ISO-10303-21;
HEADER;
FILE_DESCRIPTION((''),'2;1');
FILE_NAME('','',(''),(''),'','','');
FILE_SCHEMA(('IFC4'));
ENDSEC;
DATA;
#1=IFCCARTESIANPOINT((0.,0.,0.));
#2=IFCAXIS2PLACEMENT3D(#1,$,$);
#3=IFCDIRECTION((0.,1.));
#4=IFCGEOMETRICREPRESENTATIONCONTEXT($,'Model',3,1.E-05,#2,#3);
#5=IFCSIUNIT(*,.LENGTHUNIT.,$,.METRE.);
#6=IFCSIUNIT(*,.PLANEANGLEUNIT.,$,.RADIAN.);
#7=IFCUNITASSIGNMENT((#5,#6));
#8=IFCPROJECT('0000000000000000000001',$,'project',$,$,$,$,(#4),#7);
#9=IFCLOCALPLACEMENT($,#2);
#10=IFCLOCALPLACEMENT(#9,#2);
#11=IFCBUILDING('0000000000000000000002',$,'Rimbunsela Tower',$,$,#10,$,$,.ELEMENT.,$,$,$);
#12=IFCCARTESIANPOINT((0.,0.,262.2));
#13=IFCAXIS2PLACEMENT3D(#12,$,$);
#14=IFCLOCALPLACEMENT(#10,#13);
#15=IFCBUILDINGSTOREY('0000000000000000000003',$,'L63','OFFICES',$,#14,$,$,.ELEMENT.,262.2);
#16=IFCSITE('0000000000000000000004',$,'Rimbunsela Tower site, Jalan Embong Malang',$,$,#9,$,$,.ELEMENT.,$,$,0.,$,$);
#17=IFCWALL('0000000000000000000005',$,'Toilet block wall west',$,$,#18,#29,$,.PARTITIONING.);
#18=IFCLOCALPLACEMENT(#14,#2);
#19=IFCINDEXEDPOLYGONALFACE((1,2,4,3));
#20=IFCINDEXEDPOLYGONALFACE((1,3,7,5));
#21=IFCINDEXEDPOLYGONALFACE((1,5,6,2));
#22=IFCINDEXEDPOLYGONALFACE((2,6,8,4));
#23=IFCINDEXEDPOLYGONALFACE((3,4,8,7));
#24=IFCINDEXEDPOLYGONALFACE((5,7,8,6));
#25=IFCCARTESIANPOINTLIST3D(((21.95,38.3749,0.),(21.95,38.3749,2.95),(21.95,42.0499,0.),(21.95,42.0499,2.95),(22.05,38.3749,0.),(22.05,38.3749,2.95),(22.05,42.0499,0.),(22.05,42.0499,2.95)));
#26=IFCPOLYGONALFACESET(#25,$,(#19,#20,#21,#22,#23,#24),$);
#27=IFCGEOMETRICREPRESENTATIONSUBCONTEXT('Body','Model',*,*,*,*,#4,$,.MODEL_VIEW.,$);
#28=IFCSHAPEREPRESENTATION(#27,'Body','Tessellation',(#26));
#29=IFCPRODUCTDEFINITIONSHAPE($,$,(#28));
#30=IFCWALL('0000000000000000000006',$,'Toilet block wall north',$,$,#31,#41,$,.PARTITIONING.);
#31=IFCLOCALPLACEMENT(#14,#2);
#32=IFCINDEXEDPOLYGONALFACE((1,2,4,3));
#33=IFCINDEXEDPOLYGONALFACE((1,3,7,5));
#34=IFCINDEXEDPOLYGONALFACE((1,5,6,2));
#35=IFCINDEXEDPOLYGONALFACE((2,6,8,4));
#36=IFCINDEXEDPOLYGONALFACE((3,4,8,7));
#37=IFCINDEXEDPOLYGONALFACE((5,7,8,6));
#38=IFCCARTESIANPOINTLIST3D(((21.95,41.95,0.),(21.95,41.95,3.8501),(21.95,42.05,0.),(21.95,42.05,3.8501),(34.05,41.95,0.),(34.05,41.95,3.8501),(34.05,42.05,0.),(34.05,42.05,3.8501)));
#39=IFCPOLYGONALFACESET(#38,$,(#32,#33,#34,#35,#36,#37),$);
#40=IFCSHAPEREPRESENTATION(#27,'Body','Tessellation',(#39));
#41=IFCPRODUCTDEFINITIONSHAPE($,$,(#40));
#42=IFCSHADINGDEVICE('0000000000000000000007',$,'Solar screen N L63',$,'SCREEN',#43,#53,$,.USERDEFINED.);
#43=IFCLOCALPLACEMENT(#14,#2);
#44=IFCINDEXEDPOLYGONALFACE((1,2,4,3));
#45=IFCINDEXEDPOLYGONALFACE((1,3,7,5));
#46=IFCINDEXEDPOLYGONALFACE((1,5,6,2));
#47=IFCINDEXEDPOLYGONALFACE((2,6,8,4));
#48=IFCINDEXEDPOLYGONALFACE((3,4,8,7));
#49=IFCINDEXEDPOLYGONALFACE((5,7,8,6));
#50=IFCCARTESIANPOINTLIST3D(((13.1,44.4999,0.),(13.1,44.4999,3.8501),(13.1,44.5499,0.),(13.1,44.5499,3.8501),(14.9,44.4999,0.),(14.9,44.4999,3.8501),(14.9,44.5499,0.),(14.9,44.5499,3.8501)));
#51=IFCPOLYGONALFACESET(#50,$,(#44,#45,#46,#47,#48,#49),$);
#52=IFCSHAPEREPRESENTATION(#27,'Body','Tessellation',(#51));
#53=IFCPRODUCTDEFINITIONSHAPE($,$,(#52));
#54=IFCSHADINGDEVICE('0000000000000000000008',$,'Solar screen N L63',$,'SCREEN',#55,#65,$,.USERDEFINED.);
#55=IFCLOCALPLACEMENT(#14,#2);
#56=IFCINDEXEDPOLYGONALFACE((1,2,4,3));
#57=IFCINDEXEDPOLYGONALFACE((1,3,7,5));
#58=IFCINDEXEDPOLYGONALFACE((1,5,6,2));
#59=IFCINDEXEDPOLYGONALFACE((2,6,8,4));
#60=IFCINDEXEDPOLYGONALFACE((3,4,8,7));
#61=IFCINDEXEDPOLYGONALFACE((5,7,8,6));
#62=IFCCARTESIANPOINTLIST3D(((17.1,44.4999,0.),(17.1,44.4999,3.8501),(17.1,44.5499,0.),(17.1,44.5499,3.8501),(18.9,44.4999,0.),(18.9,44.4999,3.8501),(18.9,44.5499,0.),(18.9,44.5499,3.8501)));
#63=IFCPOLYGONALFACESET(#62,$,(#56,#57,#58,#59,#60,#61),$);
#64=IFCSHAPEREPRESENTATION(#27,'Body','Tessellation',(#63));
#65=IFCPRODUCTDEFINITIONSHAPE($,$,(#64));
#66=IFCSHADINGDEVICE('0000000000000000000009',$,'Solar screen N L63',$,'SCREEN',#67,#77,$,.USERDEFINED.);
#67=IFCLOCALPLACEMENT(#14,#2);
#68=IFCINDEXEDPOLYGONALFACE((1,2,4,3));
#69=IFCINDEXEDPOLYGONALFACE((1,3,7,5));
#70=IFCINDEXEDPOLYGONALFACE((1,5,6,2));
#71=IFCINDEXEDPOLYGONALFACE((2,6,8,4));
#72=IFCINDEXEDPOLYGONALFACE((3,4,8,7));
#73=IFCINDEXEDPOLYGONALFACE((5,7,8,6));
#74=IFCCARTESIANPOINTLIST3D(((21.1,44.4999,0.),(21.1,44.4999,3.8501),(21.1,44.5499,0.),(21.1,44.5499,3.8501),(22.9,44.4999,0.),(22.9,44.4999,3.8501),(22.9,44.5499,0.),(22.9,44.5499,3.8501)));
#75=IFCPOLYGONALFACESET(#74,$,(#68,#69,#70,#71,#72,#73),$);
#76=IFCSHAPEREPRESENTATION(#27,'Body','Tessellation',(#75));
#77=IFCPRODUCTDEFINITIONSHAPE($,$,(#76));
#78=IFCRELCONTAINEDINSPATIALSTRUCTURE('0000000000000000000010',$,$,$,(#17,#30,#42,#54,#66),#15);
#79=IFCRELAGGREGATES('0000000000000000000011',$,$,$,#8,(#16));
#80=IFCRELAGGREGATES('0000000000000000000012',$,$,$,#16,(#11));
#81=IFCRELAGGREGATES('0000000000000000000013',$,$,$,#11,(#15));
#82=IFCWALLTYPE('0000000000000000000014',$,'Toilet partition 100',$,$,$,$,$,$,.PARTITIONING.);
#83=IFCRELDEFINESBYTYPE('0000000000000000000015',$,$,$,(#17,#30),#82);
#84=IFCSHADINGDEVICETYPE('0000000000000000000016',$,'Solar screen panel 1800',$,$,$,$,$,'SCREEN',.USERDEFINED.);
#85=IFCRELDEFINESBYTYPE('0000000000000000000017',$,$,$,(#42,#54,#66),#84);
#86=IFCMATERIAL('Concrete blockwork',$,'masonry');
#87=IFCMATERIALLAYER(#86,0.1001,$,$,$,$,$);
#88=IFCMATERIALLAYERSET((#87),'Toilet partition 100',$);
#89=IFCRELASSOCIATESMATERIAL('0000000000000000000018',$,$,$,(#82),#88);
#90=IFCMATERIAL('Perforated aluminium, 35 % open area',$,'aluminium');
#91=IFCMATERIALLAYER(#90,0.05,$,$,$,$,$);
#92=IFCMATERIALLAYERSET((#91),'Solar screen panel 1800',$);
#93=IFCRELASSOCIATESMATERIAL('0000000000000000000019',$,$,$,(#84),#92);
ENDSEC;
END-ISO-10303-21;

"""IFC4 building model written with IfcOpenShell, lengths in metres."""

from ifc_helpers import new_model, si_unit, direction, frame, frame_2d, origin, origin_2d, place, context, subcontext, project, spatial, rectangle, extrude, material, layer, layer_set, type_object, element, save


model = new_model("IFC4")

# Units and contexts
model_context = context("Model", 3, precision=1e-05, world=origin(), true_north=direction((0.0, 1.0)))
body_context = subcontext(model_context, "Body", "Model", "MODEL_VIEW")
ifc_project = project(units=[si_unit("LENGTHUNIT", "METRE"), si_unit("PLANEANGLEUNIT", "RADIAN")], contexts=[model_context])

# Site, building, storey
site_placement = place(None, origin())
site = spatial("IfcSite", under=ifc_project, at=site_placement, Name="Rimbunsela Tower site, Jalan Embong Malang", CompositionType="ELEMENT", RefElevation=0.0)
building_placement = place(site_placement, origin())
building = spatial("IfcBuilding", under=site, at=building_placement, Name="Rimbunsela Tower", CompositionType="ELEMENT")
storey_placement = place(building_placement, frame((0.0, 0.0, 262.2)))
storey = spatial("IfcBuildingStorey", under=building, at=storey_placement, Name="L63", Description="OFFICES", CompositionType="ELEMENT", Elevation=262.2)

# Walls
ifc_material_1 = material(Name="Concrete blockwork", Category="masonry")
ifc_layer_1 = layer(ifc_material_1, 0.1001)
ifc_layer_set_1 = layer_set([ifc_layer_1], Name="Toilet partition 100")
wall_type_1 = type_object("IfcWallType", Name="Toilet partition 100", PredefinedType="PARTITIONING", material=ifc_layer_set_1)
wall_1_placement = place(storey_placement, frame((22.0, 38.375, 0.0), z_axis=(0.0, 0.0, 1.0), x_axis=(0.0, 1.0, 0.0)))
element("IfcWall", 1, at=wall_1_placement, inside=storey, type_object=wall_type_1, Name="Toilet block wall west", PredefinedType="PARTITIONING", context=body_context, shape_type="SweptSolid", body=[
    extrude(rectangle(XDim=3.675, YDim=0.1001, at=frame_2d((1.8374, 0.0))), origin(), (0.0, 0.0, 1.0), 2.95),
])
wall_2_placement = place(storey_placement, frame((21.95, 42.0, 0.0), z_axis=(0.0, 0.0, 1.0), x_axis=(1.0, 0.0, 0.0)))
element("IfcWall", 2, at=wall_2_placement, inside=storey, type_object=wall_type_1, Name="Toilet block wall north", PredefinedType="PARTITIONING", context=body_context, shape_type="SweptSolid", body=[
    extrude(rectangle(XDim=12.1001, YDim=0.1001, at=frame_2d((6.05, 0.0))), origin(), (0.0, 0.0, 1.0), 3.8501),
])

# Shading devices
ifc_material_2 = material(Name="Perforated aluminium, 35 % open area", Category="aluminium")
ifc_layer_2 = layer(ifc_material_2, 0.05)
ifc_layer_set_2 = layer_set([ifc_layer_2], Name="Solar screen panel 1800")
shading_device_type = type_object("IfcShadingDeviceType", Name="Solar screen panel 1800", ElementType="SCREEN", PredefinedType="USERDEFINED", material=ifc_layer_set_2)
for number, where, z_axis, x_axis, name in (
    (3, (14.0, 44.5249, 0.0), (0.0, 0.0, 1.0), (1.0, 0.0, 0.0), "Solar screen N L63"),
    (4, (18.0, 44.5249, 0.0), (0.0, 0.0, 1.0), (1.0, 0.0, 0.0), "Solar screen N L63"),
    (5, (22.0, 44.5249, 0.0), (0.0, 0.0, 1.0), (1.0, 0.0, 0.0), "Solar screen N L63"),
):
    element("IfcShadingDevice", number, at=place(storey_placement, frame(where, z_axis=z_axis, x_axis=x_axis)), inside=storey, type_object=shading_device_type, Name=name, ObjectType="SCREEN", PredefinedType="USERDEFINED", context=body_context, shape_type="SweptSolid", body=[
        extrude(rectangle(XDim=1.8, YDim=0.05, at=origin_2d()), origin(), (0.0, 0.0, 1.0), 3.8501),
    ])

save(model, "model.ifc")
